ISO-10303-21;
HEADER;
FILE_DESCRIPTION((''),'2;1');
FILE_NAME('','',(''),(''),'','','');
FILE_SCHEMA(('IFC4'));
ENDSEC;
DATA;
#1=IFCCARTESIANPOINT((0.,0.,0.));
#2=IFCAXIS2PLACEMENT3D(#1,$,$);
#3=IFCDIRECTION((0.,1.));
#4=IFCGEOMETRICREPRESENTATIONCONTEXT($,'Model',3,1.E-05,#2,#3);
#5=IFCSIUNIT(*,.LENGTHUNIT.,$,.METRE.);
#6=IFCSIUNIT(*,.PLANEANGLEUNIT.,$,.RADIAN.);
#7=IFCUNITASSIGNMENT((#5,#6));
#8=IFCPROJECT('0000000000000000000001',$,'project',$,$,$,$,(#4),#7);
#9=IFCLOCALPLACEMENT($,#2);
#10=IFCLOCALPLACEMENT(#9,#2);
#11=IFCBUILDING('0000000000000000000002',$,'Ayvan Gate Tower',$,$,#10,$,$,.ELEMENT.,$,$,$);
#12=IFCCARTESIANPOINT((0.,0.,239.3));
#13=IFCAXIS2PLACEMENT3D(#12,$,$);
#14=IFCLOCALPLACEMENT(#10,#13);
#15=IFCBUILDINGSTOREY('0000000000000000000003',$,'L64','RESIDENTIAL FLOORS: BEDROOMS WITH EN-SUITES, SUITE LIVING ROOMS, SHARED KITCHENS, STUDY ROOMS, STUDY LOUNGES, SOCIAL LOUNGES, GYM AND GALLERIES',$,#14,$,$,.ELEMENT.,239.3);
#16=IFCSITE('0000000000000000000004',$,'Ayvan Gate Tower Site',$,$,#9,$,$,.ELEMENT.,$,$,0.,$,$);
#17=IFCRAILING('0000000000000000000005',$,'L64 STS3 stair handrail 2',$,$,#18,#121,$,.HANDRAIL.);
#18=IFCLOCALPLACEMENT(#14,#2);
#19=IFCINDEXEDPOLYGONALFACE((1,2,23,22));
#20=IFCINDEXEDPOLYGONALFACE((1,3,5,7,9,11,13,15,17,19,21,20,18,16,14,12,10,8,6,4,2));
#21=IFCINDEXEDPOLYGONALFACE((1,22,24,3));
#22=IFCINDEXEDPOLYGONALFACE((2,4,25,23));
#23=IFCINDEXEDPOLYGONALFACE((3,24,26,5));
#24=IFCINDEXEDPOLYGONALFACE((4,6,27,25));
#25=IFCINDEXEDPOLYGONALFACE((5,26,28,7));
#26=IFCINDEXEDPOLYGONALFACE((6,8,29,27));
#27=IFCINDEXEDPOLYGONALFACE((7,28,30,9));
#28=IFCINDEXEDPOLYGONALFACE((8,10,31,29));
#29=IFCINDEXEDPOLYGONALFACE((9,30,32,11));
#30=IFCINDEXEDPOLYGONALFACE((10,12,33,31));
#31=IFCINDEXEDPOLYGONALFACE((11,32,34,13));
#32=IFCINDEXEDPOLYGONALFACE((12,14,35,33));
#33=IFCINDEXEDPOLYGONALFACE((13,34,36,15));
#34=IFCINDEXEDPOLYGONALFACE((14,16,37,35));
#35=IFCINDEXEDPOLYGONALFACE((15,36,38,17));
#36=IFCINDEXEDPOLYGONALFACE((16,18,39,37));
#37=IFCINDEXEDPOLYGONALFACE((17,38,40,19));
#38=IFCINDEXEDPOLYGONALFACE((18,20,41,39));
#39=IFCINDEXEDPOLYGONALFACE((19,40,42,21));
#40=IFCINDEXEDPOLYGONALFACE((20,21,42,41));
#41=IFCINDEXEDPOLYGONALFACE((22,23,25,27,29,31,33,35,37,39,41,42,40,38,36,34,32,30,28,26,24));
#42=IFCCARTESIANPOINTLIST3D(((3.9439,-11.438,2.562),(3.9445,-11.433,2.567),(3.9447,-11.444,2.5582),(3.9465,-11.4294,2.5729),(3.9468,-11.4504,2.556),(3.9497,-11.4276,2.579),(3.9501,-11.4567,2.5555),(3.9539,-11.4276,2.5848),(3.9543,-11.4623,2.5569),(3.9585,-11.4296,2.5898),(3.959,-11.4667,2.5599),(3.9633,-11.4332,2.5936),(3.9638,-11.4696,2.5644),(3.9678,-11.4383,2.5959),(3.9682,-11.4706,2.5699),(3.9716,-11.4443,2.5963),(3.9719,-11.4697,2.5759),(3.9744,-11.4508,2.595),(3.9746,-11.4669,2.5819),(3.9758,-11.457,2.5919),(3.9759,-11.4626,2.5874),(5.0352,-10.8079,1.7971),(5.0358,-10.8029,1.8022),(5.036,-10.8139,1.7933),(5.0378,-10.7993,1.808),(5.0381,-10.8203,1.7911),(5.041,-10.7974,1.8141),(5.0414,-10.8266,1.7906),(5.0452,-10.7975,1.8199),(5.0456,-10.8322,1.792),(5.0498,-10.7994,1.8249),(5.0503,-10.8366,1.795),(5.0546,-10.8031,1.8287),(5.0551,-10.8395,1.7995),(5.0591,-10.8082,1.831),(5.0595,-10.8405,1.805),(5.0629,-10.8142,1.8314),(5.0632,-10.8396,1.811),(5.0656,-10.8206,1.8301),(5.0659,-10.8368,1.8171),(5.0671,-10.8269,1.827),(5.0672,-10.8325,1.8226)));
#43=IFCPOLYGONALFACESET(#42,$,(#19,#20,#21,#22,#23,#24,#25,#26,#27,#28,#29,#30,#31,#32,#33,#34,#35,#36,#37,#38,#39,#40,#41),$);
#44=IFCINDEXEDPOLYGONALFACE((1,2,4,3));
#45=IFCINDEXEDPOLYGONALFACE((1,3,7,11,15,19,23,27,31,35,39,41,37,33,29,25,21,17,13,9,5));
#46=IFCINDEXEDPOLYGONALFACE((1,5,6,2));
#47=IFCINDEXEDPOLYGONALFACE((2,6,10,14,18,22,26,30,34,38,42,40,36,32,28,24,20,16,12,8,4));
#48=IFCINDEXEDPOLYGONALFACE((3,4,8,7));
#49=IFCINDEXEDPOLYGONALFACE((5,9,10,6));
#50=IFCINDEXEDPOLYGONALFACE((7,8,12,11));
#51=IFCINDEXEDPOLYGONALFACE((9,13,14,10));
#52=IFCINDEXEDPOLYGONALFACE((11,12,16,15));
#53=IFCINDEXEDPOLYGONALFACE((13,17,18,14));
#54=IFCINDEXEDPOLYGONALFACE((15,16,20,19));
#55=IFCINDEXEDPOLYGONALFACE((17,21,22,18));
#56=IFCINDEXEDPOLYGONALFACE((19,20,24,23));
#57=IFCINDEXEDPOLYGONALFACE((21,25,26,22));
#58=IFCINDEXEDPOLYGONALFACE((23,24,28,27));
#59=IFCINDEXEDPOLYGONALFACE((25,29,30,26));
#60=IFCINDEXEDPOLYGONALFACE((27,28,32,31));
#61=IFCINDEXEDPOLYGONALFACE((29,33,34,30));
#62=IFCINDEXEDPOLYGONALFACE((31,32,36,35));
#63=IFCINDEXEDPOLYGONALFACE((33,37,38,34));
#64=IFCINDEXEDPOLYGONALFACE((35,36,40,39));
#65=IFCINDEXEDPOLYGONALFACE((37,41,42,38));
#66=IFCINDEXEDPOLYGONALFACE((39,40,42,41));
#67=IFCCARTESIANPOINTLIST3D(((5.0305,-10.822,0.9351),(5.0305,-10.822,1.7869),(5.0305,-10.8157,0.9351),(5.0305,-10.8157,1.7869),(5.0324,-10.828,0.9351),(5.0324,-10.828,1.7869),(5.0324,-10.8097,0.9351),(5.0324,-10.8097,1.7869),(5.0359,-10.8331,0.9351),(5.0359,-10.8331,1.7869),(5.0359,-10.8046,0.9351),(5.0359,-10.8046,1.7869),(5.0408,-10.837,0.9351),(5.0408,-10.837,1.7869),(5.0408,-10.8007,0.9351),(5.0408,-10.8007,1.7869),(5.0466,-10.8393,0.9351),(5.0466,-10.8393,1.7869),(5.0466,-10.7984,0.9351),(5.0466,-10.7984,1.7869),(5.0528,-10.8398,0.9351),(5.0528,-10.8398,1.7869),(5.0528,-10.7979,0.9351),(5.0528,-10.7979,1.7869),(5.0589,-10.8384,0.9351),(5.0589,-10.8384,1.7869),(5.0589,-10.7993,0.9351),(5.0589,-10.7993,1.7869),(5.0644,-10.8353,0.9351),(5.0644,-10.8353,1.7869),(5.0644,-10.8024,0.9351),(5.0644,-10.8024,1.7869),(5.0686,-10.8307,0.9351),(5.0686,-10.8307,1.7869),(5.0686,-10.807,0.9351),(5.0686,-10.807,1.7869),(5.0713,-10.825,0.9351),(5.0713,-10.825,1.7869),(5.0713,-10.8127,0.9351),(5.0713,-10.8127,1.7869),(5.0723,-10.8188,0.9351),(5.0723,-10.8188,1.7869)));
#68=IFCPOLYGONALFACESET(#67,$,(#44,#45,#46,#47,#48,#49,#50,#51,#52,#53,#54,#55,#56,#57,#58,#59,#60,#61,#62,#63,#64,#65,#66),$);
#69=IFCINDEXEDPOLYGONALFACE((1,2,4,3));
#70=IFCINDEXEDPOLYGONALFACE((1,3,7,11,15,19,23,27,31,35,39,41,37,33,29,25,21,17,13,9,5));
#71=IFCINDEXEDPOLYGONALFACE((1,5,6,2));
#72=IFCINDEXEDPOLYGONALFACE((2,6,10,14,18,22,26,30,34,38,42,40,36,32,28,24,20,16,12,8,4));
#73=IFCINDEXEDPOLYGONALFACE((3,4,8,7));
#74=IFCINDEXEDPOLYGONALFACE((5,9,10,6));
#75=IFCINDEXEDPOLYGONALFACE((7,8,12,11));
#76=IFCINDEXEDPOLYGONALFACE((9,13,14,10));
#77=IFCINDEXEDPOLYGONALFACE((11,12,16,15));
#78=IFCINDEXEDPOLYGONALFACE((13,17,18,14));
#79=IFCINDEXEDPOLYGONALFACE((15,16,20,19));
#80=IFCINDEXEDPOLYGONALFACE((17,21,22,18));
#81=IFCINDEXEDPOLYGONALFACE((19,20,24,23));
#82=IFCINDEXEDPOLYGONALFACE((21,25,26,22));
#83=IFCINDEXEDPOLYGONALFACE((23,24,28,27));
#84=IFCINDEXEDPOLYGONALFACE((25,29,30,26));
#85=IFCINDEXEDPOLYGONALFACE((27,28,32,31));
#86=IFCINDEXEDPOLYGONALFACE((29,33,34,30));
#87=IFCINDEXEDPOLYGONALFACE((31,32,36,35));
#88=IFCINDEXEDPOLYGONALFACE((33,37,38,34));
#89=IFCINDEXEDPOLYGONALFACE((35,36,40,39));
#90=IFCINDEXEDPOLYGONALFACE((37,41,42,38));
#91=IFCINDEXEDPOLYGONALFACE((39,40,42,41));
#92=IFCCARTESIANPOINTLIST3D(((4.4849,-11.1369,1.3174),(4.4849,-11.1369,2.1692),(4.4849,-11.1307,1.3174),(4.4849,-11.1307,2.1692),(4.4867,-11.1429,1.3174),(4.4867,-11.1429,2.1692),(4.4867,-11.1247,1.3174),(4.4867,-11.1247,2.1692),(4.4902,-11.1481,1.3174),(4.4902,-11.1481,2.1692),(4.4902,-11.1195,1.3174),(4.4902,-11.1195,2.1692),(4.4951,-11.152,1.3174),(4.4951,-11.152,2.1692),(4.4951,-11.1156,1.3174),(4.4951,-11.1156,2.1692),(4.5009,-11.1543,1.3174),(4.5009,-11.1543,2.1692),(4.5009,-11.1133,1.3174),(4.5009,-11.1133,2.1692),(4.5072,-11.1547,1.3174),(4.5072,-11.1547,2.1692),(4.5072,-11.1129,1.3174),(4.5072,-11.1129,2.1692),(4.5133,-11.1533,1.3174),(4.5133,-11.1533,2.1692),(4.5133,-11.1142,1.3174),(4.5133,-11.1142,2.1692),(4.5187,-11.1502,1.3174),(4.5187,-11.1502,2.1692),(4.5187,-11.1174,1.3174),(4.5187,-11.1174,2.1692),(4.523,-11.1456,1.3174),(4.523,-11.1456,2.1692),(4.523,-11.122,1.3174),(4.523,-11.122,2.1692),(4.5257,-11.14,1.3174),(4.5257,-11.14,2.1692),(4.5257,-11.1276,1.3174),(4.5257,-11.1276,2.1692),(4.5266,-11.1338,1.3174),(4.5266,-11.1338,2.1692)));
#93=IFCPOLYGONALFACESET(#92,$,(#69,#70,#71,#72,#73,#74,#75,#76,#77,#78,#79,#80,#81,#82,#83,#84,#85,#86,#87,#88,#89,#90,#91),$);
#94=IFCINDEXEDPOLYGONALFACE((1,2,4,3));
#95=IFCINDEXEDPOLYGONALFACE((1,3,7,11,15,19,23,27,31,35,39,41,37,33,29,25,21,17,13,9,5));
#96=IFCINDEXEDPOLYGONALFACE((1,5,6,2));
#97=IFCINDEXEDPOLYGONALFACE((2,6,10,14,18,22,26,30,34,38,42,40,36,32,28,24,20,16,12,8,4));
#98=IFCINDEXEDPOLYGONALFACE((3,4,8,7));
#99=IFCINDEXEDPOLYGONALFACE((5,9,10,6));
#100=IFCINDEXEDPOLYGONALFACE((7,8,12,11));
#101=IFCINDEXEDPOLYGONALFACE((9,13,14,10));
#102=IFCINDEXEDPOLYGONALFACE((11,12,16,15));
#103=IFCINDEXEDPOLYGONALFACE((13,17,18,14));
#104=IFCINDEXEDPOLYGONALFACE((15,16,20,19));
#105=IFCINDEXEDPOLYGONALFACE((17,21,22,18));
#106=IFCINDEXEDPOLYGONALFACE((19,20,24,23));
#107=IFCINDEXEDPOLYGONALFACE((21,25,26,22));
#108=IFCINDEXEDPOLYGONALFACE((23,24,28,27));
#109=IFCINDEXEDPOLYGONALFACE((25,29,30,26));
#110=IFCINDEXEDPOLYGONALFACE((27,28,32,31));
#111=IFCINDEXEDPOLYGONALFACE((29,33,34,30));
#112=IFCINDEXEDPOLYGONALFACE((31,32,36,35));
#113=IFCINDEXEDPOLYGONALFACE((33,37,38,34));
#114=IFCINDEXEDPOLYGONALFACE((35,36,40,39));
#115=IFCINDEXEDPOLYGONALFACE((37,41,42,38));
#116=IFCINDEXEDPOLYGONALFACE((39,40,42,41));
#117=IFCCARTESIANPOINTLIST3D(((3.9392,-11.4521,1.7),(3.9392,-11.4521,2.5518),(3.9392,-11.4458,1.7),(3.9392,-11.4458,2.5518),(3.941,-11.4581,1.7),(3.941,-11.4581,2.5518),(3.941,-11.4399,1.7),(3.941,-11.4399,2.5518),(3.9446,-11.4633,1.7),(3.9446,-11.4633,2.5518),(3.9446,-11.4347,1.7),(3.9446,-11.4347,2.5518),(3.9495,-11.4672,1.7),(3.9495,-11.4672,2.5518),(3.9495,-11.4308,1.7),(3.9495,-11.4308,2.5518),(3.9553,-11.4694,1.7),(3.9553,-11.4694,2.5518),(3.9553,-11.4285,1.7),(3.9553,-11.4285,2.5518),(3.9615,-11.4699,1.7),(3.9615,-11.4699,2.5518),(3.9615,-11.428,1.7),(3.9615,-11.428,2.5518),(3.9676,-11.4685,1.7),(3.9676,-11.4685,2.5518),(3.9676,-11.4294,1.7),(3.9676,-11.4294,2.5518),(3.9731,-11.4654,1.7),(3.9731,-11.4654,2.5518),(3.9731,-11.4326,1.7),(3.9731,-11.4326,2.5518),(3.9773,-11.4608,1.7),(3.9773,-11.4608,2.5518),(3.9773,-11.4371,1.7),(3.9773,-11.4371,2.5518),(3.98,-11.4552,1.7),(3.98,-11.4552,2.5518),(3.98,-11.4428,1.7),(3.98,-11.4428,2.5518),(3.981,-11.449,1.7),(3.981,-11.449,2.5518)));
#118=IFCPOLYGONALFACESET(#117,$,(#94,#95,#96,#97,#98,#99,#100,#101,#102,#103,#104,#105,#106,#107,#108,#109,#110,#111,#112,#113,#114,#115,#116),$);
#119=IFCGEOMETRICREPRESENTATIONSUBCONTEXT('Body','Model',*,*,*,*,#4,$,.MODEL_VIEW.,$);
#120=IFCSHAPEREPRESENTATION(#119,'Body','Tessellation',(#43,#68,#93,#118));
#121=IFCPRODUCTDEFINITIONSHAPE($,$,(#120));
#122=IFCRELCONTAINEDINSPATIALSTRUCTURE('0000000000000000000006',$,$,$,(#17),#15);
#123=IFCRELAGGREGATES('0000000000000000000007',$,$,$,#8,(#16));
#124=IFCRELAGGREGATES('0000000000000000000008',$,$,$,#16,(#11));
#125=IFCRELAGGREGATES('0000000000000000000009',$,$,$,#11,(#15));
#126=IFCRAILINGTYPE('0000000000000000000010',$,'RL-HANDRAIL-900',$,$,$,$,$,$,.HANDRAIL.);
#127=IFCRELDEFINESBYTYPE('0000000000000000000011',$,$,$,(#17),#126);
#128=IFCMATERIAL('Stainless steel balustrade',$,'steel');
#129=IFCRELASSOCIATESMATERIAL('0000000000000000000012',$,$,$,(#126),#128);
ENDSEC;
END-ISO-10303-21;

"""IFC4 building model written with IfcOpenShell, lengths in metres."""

from ifc_helpers import new_model, si_unit, direction, frame, origin, origin_2d, place, context, subcontext, project, spatial, circle, extrude, material, type_object, element, save


model = new_model("IFC4")

# Units and contexts
model_context = context("Model", 3, precision=1e-05, world=origin(), true_north=direction((0.0, 1.0)))
body_context = subcontext(model_context, "Body", "Model", "MODEL_VIEW")
ifc_project = project(units=[si_unit("LENGTHUNIT", "METRE"), si_unit("PLANEANGLEUNIT", "RADIAN")], contexts=[model_context])

# Site, building, storey
site_placement = place(None, origin())
site = spatial("IfcSite", under=ifc_project, at=site_placement, Name="Ayvan Gate Tower Site", CompositionType="ELEMENT", RefElevation=0.0)
building_placement = place(site_placement, origin())
building = spatial("IfcBuilding", under=site, at=building_placement, Name="Ayvan Gate Tower", CompositionType="ELEMENT")
storey_placement = place(building_placement, frame((0.0, 0.0, 239.3)))
storey = spatial("IfcBuildingStorey", under=building, at=storey_placement, Name="L64", Description="RESIDENTIAL FLOORS: BEDROOMS WITH EN-SUITES, SUITE LIVING ROOMS, SHARED KITCHENS, STUDY ROOMS, STUDY LOUNGES, SOCIAL LOUNGES, GYM AND GALLERIES", CompositionType="ELEMENT", Elevation=239.3)

# Railing
ifc_material_1 = material(Name="Stainless steel balustrade", Category="steel")
railing_type_1 = type_object("IfcRailingType", Name="RL-HANDRAIL-900", PredefinedType="HANDRAIL", material=ifc_material_1)
railing_1_placement = place(storey_placement, frame((5.0513, -10.8188, 0.9351)))
element("IfcRailing", 1, at=railing_1_placement, inside=storey, type_object=railing_type_1, Name="L64 STS3 stair handrail 2", PredefinedType="HANDRAIL", context=body_context, shape_type="SweptSolid", body=[
    extrude(circle(Radius=0.0239, at=origin_2d()), frame((0.0, 0.0, 0.876), z_axis=(-0.740304, -0.427455, 0.518875), x_axis=(0.500035, -0.866005, 0.0)), (0.0, 0.0, 1.0), 1.4741),
    extrude(circle(Radius=0.021, at=origin_2d()), origin(), (0.0, 0.0, 1.0), 0.8518),
    extrude(circle(Radius=0.021, at=origin_2d()), frame((-0.5457, -0.3149, 0.3823)), (0.0, 0.0, 1.0), 0.8518),
    extrude(circle(Radius=0.021, at=origin_2d()), frame((-1.0913, -0.6301, 0.7649)), (0.0, 0.0, 1.0), 0.8518),
])

save(model, "model.ifc")
